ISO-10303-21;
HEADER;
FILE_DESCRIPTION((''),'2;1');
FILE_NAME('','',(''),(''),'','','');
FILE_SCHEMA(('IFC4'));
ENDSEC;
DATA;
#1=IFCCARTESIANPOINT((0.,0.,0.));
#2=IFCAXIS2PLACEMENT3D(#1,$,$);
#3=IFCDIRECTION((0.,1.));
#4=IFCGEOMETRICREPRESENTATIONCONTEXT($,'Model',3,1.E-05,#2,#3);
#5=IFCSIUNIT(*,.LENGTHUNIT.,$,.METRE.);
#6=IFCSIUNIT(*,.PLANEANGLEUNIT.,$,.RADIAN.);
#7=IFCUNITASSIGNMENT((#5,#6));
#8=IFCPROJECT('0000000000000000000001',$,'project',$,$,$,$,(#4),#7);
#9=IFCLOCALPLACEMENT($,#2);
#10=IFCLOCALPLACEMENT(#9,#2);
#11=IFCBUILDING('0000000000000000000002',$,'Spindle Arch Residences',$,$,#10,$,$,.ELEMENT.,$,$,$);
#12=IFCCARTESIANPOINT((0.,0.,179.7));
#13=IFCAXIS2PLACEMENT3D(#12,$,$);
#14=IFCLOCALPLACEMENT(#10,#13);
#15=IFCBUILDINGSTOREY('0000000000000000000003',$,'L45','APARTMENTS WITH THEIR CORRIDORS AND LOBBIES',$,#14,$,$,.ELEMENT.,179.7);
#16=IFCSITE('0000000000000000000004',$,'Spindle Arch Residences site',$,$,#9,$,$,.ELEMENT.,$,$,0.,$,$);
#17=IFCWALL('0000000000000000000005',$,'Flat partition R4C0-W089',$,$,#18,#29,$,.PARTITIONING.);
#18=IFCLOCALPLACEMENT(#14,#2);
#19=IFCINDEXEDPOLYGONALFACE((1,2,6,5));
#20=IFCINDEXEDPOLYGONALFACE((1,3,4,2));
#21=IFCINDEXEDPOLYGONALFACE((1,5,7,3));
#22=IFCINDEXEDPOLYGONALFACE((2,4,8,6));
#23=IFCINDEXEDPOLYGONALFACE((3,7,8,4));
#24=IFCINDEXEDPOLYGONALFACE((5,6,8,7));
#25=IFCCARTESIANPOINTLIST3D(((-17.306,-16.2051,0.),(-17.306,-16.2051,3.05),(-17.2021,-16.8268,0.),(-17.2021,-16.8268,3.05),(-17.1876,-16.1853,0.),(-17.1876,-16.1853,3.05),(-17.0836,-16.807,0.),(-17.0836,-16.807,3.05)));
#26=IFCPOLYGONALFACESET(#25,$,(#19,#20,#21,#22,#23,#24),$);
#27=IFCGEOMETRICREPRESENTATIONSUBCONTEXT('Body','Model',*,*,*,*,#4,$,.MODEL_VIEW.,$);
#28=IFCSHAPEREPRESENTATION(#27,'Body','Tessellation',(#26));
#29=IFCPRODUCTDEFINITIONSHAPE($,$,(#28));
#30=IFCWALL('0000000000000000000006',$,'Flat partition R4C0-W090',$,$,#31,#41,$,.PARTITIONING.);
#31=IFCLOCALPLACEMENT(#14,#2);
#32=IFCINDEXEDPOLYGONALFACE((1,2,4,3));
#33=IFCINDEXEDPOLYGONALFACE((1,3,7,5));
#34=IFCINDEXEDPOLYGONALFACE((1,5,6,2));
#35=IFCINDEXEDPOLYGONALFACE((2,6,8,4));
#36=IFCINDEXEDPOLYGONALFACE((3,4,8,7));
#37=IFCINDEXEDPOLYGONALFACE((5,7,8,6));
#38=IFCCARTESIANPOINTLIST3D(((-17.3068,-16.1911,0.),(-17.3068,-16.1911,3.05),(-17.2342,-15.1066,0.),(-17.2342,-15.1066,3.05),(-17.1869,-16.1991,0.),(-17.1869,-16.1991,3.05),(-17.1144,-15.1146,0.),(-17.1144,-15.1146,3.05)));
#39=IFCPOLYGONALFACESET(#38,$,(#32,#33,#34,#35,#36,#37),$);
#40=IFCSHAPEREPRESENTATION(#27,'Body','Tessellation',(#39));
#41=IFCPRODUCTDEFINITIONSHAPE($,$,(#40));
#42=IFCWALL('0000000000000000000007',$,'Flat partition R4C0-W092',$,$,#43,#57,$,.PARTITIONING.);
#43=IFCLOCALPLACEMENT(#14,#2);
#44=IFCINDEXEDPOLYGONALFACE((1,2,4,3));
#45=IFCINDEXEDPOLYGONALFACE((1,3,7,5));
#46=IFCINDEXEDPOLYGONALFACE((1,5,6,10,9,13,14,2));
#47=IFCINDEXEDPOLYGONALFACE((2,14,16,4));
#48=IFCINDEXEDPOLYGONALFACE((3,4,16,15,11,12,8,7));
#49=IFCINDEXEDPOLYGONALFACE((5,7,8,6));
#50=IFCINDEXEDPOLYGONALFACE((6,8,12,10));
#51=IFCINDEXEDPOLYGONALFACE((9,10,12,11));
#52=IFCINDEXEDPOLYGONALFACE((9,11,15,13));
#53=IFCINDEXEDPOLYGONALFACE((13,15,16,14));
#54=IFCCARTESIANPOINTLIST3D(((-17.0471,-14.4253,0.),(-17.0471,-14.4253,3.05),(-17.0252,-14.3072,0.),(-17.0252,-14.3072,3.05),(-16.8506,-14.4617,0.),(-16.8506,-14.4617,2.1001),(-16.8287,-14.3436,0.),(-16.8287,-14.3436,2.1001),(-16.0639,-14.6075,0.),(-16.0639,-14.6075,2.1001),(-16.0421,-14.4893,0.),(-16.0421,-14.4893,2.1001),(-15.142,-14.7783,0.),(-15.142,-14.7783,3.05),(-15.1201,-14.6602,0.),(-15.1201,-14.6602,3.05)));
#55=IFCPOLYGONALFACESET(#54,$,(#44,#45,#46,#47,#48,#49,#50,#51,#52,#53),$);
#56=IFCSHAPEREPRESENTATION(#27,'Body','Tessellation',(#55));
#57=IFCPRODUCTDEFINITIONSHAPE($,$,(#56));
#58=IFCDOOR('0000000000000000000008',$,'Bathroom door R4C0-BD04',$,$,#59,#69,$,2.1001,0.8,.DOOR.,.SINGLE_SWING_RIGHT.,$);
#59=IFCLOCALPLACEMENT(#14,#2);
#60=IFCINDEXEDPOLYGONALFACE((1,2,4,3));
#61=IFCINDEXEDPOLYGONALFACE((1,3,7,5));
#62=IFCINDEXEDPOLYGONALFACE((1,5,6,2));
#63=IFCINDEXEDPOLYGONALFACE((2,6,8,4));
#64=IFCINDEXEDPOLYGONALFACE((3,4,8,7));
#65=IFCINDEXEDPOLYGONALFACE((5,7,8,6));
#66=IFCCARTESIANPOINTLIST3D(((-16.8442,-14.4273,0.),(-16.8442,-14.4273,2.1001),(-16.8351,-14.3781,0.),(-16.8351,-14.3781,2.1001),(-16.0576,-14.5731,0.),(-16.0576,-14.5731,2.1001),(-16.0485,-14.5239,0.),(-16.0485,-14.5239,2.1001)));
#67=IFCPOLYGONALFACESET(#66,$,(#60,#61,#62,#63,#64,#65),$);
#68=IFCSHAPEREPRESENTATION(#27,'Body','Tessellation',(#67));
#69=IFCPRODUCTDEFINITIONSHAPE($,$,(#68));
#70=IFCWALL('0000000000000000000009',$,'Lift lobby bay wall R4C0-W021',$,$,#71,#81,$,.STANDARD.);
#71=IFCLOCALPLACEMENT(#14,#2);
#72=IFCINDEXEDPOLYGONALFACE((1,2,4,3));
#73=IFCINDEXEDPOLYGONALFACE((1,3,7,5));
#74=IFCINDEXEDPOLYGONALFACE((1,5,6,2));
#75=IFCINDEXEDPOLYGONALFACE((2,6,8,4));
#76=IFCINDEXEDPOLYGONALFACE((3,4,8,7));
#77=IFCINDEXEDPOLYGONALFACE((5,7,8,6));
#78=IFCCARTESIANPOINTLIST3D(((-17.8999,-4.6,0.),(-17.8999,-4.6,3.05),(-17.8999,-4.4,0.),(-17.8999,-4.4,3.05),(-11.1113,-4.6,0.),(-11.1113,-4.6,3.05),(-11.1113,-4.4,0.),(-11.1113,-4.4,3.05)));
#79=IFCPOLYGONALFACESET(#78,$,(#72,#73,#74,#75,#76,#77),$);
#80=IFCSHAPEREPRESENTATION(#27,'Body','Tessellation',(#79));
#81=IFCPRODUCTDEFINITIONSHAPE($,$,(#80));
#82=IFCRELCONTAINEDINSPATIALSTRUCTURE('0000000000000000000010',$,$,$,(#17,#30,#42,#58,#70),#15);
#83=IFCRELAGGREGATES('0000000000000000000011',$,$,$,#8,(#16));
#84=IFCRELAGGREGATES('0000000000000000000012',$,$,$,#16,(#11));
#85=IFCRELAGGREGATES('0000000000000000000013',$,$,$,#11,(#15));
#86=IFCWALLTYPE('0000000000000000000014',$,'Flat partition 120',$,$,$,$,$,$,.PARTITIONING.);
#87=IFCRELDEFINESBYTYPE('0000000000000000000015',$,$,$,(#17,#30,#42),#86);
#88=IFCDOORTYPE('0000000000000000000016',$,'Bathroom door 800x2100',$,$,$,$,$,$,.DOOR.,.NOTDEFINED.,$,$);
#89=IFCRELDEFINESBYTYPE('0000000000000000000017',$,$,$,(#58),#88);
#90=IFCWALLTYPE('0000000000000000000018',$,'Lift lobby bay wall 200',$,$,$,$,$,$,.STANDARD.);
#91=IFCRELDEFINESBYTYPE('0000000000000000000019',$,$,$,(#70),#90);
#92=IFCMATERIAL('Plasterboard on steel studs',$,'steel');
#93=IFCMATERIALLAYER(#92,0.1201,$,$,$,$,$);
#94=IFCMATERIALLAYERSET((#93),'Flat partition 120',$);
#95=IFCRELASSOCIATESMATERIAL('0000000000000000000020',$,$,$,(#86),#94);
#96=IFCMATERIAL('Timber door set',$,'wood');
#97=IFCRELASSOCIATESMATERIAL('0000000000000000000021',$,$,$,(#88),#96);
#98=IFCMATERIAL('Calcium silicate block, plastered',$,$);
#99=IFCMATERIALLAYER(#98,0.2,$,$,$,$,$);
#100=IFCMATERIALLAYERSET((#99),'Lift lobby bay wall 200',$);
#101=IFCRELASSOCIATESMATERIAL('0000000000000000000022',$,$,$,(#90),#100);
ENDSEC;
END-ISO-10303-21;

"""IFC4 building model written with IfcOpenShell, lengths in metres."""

from ifc_helpers import new_model, si_unit, direction, frame, frame_2d, origin, place, context, subcontext, project, spatial, rectangle, extrude, material, layer, layer_set, type_object, element, fill, save


model = new_model("IFC4")

# Units and contexts
model_context = context("Model", 3, precision=1e-05, world=origin(), true_north=direction((0.0, 1.0)))
body_context = subcontext(model_context, "Body", "Model", "MODEL_VIEW")
ifc_project = project(units=[si_unit("LENGTHUNIT", "METRE"), si_unit("PLANEANGLEUNIT", "RADIAN")], contexts=[model_context])

# Site, building, storey
site_placement = place(None, origin())
site = spatial("IfcSite", under=ifc_project, at=site_placement, Name="Spindle Arch Residences site", CompositionType="ELEMENT", RefElevation=0.0)
building_placement = place(site_placement, origin())
building = spatial("IfcBuilding", under=site, at=building_placement, Name="Spindle Arch Residences", CompositionType="ELEMENT")
storey_placement = place(building_placement, frame((0.0, 0.0, 179.7)))
storey = spatial("IfcBuildingStorey", under=building, at=storey_placement, Name="L45", Description="APARTMENTS WITH THEIR CORRIDORS AND LOBBIES", CompositionType="ELEMENT", Elevation=179.7)

# Shared definitions
ifc_material_1 = material(Name="Plasterboard on steel studs", Category="steel")
ifc_layer_1 = layer(ifc_material_1, 0.1201)
ifc_layer_set_1 = layer_set([ifc_layer_1], Name="Flat partition 120")
wall_type_1 = type_object("IfcWallType", Name="Flat partition 120", PredefinedType="PARTITIONING", material=ifc_layer_set_1)

# Walls
wall_1_placement = place(storey_placement, frame((-17.1428, -16.8169, 0.0), z_axis=(0.0, 0.0, 1.0), x_axis=(-0.164964, 0.9863, 0.0)))
element("IfcWall", 1, at=wall_1_placement, inside=storey, type_object=wall_type_1, Name="Flat partition R4C0-W089", PredefinedType="PARTITIONING", context=body_context, shape_type="SweptSolid", body=[
    extrude(rectangle(XDim=0.6304, YDim=0.1201, at=frame_2d((0.3152, 0.0))), origin(), (0.0, 0.0, 1.0), 3.05),
])
wall_2_placement = place(storey_placement, frame((-17.2468, -16.1951, 0.0), z_axis=(0.0, 0.0, 1.0), x_axis=(0.066713, 0.997772, 0.0)))
element("IfcWall", 2, at=wall_2_placement, inside=storey, type_object=wall_type_1, Name="Flat partition R4C0-W090", PredefinedType="PARTITIONING", context=body_context, shape_type="SweptSolid", body=[
    extrude(rectangle(XDim=1.0869, YDim=0.1201, at=frame_2d((0.5435, 0.0))), origin(), (0.0, 0.0, 1.0), 3.05),
])

# Wall, opening, door
wall_3_placement = place(storey_placement, frame((-17.0361, -14.3662, 0.0), z_axis=(0.0, 0.0, 1.0), x_axis=(0.983259, -0.182211, 0.0)))
wall_3 = element("IfcWall", 3, at=wall_3_placement, inside=storey, type_object=wall_type_1, Name="Flat partition R4C0-W092", PredefinedType="PARTITIONING", context=body_context, shape_type="SweptSolid", body=[
    extrude(rectangle(XDim=1.9375, YDim=0.1201, at=frame_2d((0.9688, 0.0))), origin(), (0.0, 0.0, 1.0), 3.05),
])
opening_1_placement = place(wall_3_placement, frame((0.2, 0.0, 0.0)))
opening_1 = element("IfcOpeningElement", 4, at=opening_1_placement, cuts=wall_3, PredefinedType="OPENING", context=body_context, shape_type="SweptSolid", body=[
    extrude(rectangle(XDim=0.8, YDim=2.1001, at=frame_2d((0.3999, 1.05))), frame((0.0, 0.0701, 0.0), z_axis=(0.0, -1.0, 0.0), x_axis=(1.0, 0.0, 0.0)), (0.0, 0.0, 1.0), 0.1401),
])
ifc_material_2 = material(Name="Timber door set", Category="wood")
door_type_1 = type_object("IfcDoorType", Name="Bathroom door 800x2100", OperationType="NOTDEFINED", PredefinedType="DOOR", material=ifc_material_2)
door_1_placement = place(opening_1_placement, origin())
door_1 = element("IfcDoor", 5, at=door_1_placement, inside=storey, type_object=door_type_1, Name="Bathroom door R4C0-BD04", OperationType="SINGLE_SWING_RIGHT", OverallHeight=2.1001, OverallWidth=0.8, PredefinedType="DOOR", context=body_context, shape_type="SweptSolid", body=[
    extrude(rectangle(XDim=0.8, YDim=2.1001, at=frame_2d((0.3999, 1.05))), frame((0.0, 0.0249, 0.0), z_axis=(0.0, -1.0, 0.0), x_axis=(1.0, 0.0, 0.0)), (0.0, 0.0, 1.0), 0.05),
])
fill(opening_1, door_1)

# Wall
ifc_material_3 = material(Name="Calcium silicate block, plastered")
ifc_layer_2 = layer(ifc_material_3, 0.2)
ifc_layer_set_2 = layer_set([ifc_layer_2], Name="Lift lobby bay wall 200")
wall_type_2 = type_object("IfcWallType", Name="Lift lobby bay wall 200", PredefinedType="STANDARD", material=ifc_layer_set_2)
wall_4_placement = place(storey_placement, frame((-17.8999, -4.5, 0.0), z_axis=(0.0, 0.0, 1.0), x_axis=(1.0, 0.0, 0.0)))
element("IfcWall", 6, at=wall_4_placement, inside=storey, type_object=wall_type_2, Name="Lift lobby bay wall R4C0-W021", PredefinedType="STANDARD", context=body_context, shape_type="SweptSolid", body=[
    extrude(rectangle(XDim=6.7886, YDim=0.2, at=frame_2d((3.3943, 0.0))), origin(), (0.0, 0.0, 1.0), 3.05),
])

save(model, "model.ifc")
